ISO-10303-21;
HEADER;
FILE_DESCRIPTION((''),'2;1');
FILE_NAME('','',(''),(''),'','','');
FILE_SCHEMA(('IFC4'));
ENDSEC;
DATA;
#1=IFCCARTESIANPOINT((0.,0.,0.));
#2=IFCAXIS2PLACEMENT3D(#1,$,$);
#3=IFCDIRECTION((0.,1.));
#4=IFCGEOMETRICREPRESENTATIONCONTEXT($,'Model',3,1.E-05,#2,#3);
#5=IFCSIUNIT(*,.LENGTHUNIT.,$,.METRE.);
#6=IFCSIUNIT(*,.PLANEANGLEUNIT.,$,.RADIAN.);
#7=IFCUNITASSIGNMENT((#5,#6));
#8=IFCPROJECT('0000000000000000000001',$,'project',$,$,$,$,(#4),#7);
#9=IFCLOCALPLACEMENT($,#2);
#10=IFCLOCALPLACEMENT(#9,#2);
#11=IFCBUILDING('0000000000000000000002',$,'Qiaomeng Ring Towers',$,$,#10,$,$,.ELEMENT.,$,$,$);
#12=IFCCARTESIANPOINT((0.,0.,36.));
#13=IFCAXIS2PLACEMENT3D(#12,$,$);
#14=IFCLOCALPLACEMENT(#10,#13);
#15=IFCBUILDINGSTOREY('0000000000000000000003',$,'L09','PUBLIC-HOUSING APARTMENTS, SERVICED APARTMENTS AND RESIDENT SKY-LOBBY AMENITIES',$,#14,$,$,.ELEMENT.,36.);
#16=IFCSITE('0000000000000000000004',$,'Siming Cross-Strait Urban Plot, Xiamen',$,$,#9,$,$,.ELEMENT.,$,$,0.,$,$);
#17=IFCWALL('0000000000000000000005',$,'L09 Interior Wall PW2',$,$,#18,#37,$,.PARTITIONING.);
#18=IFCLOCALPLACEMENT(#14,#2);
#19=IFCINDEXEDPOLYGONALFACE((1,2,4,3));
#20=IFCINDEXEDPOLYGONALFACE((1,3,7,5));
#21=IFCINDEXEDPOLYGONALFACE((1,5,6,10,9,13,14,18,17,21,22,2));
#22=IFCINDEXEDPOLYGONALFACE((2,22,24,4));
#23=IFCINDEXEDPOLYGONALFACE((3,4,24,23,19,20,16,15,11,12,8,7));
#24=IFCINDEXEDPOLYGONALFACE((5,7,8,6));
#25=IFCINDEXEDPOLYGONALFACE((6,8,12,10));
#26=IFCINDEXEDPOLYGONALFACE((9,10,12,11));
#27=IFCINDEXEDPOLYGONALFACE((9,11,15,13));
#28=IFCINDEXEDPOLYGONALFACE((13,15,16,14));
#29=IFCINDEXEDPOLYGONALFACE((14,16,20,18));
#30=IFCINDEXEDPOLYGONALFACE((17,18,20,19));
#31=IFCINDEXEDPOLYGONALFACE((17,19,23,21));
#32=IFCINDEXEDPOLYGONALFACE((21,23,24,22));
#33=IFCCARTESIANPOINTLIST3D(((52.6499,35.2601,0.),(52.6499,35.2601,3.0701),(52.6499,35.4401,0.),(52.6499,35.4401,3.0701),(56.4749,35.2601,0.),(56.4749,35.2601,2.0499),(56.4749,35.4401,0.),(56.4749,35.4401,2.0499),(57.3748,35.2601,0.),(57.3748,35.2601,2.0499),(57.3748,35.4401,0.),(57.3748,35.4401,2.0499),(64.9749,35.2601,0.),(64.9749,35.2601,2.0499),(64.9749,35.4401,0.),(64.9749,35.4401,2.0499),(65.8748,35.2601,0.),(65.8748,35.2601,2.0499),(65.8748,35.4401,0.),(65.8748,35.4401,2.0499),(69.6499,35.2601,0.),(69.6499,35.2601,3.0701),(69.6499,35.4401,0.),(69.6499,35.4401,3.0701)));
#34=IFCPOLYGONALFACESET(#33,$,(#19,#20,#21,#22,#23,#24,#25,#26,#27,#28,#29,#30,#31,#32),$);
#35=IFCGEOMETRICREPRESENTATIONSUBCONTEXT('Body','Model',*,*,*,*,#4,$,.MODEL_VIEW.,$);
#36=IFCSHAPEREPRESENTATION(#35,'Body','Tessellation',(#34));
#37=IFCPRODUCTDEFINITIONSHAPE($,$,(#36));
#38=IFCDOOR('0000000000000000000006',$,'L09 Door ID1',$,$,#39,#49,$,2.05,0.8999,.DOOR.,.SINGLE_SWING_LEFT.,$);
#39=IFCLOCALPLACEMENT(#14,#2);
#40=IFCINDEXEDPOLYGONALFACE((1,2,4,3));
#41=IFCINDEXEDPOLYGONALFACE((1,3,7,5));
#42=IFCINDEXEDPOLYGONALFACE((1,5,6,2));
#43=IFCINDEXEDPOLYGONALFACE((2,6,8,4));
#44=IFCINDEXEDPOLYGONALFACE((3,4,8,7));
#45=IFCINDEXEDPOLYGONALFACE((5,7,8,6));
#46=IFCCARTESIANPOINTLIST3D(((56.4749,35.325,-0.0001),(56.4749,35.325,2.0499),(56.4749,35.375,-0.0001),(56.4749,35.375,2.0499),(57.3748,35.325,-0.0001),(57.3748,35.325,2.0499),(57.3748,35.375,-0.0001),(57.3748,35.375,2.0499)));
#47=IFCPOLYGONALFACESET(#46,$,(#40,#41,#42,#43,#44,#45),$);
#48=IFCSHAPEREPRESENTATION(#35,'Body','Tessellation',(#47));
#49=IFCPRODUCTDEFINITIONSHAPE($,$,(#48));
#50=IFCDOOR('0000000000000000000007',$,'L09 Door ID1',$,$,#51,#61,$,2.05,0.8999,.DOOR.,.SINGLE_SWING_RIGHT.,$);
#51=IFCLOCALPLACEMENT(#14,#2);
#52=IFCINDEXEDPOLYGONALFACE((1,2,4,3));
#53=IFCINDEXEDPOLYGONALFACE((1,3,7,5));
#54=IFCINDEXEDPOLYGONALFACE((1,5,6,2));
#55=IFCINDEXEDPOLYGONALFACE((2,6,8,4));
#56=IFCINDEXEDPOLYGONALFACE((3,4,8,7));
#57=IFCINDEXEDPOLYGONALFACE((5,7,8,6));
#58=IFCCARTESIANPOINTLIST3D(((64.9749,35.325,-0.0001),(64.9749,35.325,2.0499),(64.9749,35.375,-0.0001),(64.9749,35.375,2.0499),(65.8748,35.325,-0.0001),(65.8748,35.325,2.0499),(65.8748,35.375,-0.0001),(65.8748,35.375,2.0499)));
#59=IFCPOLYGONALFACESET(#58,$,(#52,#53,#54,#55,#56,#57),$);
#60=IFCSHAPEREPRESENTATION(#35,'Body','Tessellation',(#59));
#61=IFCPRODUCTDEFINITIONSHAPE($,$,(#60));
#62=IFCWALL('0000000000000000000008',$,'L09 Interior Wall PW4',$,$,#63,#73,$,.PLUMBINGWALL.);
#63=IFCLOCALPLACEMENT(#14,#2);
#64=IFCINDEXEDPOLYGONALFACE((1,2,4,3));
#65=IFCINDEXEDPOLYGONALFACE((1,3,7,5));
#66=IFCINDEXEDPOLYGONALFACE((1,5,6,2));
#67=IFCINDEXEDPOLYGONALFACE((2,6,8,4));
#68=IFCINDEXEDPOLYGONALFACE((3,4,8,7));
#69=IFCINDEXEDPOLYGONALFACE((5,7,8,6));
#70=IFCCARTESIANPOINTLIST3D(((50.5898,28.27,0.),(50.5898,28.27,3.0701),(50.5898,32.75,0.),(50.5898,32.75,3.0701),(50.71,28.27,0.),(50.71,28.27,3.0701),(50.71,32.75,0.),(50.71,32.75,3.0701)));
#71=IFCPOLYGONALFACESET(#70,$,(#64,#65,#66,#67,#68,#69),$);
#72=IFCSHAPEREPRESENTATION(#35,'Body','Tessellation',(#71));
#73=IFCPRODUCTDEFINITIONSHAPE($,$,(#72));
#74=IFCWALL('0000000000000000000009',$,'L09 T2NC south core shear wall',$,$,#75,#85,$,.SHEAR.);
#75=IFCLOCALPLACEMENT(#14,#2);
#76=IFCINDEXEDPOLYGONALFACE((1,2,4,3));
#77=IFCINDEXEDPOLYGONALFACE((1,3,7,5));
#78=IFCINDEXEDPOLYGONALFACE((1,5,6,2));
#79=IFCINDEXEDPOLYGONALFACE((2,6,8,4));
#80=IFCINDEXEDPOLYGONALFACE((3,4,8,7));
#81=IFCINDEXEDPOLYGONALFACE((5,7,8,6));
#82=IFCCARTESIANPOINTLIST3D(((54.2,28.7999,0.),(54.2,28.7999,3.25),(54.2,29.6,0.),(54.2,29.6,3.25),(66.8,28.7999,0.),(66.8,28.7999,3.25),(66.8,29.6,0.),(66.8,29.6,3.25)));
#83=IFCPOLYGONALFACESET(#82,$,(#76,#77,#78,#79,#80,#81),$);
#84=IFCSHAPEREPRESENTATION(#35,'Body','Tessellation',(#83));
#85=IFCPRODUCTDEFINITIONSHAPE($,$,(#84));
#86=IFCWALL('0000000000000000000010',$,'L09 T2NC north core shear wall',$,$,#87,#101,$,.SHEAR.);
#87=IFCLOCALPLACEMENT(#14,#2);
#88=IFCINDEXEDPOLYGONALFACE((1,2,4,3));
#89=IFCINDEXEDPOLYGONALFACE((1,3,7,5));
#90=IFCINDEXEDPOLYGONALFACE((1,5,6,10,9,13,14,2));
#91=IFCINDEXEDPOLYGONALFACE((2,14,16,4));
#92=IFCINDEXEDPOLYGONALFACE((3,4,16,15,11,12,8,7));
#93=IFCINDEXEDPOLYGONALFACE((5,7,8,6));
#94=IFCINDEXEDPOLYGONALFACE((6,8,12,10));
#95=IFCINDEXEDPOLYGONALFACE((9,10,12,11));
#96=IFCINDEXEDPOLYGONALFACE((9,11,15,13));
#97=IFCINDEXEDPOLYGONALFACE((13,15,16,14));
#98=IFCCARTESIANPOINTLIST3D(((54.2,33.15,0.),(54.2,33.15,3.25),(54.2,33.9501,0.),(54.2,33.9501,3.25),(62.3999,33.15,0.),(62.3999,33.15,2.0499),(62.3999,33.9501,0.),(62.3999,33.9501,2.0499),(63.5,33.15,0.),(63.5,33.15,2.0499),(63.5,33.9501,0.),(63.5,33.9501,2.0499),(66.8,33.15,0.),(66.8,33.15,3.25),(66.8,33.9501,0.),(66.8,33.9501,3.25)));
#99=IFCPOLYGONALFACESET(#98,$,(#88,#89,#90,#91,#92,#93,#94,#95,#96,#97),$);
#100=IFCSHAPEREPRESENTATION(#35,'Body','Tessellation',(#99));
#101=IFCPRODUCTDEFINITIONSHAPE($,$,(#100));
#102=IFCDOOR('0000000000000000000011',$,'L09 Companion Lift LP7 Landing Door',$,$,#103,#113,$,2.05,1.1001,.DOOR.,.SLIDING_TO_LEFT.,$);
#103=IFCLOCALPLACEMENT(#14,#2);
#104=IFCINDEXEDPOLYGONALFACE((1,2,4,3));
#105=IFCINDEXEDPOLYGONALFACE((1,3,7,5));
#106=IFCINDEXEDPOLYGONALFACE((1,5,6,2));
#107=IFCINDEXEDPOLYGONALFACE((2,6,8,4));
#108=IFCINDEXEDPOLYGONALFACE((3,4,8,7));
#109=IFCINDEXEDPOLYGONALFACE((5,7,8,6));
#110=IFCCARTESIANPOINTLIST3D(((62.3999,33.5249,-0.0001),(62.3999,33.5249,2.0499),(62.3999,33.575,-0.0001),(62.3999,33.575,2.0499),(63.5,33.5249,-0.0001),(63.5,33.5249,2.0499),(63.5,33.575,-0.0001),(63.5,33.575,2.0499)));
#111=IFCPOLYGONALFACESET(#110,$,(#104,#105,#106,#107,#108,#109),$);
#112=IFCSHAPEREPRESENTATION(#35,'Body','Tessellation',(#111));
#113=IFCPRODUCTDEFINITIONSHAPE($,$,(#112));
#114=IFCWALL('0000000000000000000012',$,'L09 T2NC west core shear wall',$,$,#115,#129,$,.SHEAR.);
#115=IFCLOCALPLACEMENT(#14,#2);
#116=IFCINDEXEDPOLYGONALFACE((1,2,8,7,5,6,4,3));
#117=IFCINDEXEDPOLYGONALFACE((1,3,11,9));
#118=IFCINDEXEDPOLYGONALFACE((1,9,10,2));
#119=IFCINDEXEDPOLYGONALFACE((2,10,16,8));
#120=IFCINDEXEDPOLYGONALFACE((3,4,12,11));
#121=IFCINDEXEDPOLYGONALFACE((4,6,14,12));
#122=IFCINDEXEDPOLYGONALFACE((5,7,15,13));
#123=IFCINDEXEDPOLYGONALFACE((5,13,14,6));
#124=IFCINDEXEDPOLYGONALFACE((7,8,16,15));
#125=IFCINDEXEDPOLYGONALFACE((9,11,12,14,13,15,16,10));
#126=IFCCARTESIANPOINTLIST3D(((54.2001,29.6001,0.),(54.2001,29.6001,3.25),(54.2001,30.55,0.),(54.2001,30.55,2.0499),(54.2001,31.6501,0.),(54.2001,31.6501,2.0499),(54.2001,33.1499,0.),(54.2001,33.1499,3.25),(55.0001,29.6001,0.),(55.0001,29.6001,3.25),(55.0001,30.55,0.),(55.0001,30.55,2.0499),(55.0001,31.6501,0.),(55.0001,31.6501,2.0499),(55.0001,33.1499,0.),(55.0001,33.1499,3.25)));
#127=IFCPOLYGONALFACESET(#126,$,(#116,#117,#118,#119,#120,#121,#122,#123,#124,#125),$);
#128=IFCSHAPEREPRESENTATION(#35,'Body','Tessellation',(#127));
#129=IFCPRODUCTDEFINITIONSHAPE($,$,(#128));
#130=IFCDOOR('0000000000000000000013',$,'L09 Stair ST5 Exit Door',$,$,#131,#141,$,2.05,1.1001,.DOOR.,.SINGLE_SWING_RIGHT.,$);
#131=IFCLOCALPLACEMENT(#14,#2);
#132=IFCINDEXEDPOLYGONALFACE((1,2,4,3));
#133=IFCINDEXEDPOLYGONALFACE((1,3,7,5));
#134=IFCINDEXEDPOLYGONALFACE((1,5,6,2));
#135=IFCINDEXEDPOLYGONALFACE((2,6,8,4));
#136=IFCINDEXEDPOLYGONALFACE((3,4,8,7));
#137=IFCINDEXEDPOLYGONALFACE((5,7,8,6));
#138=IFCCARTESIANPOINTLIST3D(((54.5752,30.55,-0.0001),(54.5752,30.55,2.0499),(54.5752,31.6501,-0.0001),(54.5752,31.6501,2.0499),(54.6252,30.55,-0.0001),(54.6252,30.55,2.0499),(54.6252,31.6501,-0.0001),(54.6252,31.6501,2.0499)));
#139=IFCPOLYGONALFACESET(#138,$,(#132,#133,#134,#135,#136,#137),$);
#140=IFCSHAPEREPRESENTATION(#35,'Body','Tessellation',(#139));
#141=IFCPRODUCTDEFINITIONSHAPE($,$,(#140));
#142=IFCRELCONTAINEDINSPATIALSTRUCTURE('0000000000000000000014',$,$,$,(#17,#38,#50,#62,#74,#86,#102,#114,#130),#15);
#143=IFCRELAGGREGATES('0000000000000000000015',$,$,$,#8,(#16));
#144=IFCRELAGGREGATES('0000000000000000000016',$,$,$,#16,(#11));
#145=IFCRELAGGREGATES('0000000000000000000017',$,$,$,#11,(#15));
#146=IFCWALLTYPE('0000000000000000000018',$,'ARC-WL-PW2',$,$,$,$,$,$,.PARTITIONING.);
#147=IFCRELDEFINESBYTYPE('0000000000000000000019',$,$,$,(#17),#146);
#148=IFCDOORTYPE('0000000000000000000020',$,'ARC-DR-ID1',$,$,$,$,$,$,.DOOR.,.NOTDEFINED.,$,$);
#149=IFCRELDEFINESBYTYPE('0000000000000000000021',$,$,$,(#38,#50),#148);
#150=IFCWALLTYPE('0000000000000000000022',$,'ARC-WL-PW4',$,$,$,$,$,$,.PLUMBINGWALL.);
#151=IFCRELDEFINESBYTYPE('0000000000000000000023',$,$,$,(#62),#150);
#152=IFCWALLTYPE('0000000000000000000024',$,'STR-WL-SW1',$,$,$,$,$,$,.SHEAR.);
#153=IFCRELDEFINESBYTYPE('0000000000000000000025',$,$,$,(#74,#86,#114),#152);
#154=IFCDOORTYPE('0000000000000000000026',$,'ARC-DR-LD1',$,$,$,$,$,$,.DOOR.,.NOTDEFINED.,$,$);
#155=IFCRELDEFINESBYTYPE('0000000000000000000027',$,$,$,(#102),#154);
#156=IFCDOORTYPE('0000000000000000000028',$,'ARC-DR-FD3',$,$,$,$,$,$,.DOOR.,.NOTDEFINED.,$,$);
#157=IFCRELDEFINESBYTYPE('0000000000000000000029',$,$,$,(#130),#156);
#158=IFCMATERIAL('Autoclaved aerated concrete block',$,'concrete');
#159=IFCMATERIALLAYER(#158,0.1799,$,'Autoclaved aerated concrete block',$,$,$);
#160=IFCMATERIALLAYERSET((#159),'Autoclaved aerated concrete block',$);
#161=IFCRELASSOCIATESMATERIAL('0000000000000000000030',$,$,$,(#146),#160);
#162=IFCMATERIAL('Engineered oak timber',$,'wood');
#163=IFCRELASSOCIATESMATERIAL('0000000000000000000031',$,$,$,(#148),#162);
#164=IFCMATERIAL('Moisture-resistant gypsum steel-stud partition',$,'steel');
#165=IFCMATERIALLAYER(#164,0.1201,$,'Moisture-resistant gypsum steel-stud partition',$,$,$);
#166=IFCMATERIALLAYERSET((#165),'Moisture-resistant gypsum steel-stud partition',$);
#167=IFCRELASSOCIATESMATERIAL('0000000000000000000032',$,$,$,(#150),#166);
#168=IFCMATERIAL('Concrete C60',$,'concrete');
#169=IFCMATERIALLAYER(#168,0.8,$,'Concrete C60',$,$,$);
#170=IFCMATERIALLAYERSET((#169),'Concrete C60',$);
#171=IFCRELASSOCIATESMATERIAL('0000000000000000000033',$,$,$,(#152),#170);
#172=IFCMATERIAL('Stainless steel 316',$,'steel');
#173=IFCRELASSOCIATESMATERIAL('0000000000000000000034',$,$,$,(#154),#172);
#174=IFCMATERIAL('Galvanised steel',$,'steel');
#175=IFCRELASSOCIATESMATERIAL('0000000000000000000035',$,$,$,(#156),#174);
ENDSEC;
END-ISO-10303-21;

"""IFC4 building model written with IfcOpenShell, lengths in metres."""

from ifc_helpers import new_model, si_unit, direction, frame, frame_2d, origin, place, context, subcontext, project, spatial, rectangle, extrude, source, transform, mapped, material, layer, layer_set, type_object, element, fill, save


model = new_model("IFC4")

# Units and contexts
model_context = context("Model", 3, precision=1e-05, world=origin(), true_north=direction((0.0, 1.0)))
body_context = subcontext(model_context, "Body", "Model", "MODEL_VIEW")
ifc_project = project(units=[si_unit("LENGTHUNIT", "METRE"), si_unit("PLANEANGLEUNIT", "RADIAN")], contexts=[model_context])

# Site, building, storey
site_placement = place(None, origin())
site = spatial("IfcSite", under=ifc_project, at=site_placement, Name="Siming Cross-Strait Urban Plot, Xiamen", CompositionType="ELEMENT", RefElevation=0.0)
building_placement = place(site_placement, origin())
building = spatial("IfcBuilding", under=site, at=building_placement, Name="Qiaomeng Ring Towers", CompositionType="ELEMENT")
storey_placement = place(building_placement, frame((0.0, 0.0, 36.0)))
storey = spatial("IfcBuildingStorey", under=building, at=storey_placement, Name="L09", Description="PUBLIC-HOUSING APARTMENTS, SERVICED APARTMENTS AND RESIDENT SKY-LOBBY AMENITIES", CompositionType="ELEMENT", Elevation=36.0)

# Shared definitions
ifc_material_1 = material(Name="Concrete C60", Category="concrete")

# Wall, openings, doors
ifc_material_2 = material(Name="Autoclaved aerated concrete block", Category="concrete")
ifc_layer_1 = layer(ifc_material_2, 0.1799, Name="Autoclaved aerated concrete block")
ifc_layer_set_1 = layer_set([ifc_layer_1], Name="Autoclaved aerated concrete block")
wall_type_1 = type_object("IfcWallType", Name="ARC-WL-PW2", PredefinedType="PARTITIONING", material=ifc_layer_set_1)
wall_1_placement = place(storey_placement, frame((52.6499, 35.3501, 0.0), z_axis=(0.0, 0.0, 1.0), x_axis=(1.0, 0.0, 0.0)))
wall_1 = element("IfcWall", 1, at=wall_1_placement, inside=storey, type_object=wall_type_1, Name="L09 Interior Wall PW2", PredefinedType="PARTITIONING", context=body_context, shape_type="SweptSolid", body=[
    extrude(rectangle(XDim=17.0, YDim=0.1799, at=frame_2d((8.5, 0.0))), origin(), (0.0, 0.0, 1.0), 3.0701),
])
opening_1_placement = place(wall_1_placement, frame((3.825, 0.0, 0.0)))
opening_1 = element("IfcOpeningElement", 2, at=opening_1_placement, cuts=wall_1, PredefinedType="OPENING", context=body_context, shape_type="SweptSolid", body=[
    extrude(rectangle(XDim=0.8999, YDim=2.05, at=frame_2d((0.45, 1.0249))), frame((0.0, 0.0999, 0.0), z_axis=(0.0, -1.0, 0.0), x_axis=(1.0, 0.0, 0.0)), (0.0, 0.0, 1.0), 0.2),
])
opening_2_placement = place(wall_1_placement, frame((12.325, 0.0, 0.0)))
opening_2 = element("IfcOpeningElement", 3, at=opening_2_placement, cuts=wall_1, PredefinedType="OPENING", context=body_context, shape_type="SweptSolid", body=[
    extrude(rectangle(XDim=0.8999, YDim=2.05, at=frame_2d((0.45, 1.0249))), frame((0.0, 0.0999, 0.0), z_axis=(0.0, -1.0, 0.0), x_axis=(1.0, 0.0, 0.0)), (0.0, 0.0, 1.0), 0.2),
])
ifc_material_3 = material(Name="Engineered oak timber", Category="wood")
door_type_1 = type_object("IfcDoorType", Name="ARC-DR-ID1", OperationType="NOTDEFINED", PredefinedType="DOOR", material=ifc_material_3)
shared_shape_1 = source(origin(), body_context, "Body", "SweptSolid", [
    extrude(rectangle(XDim=0.8999, YDim=2.05, at=frame_2d((0.45, 1.0249))), frame((0.0, 0.0249, 0.0), z_axis=(0.0, -1.0, 0.0), x_axis=(1.0, 0.0, 0.0)), (0.0, 0.0, 1.0), 0.05),
])
door_1_placement = place(opening_1_placement, origin())
door_1 = element("IfcDoor", 4, at=door_1_placement, inside=storey, type_object=door_type_1, Name="L09 Door ID1", OperationType="SINGLE_SWING_LEFT", OverallHeight=2.05, OverallWidth=0.8999, PredefinedType="DOOR", context=body_context, shape_type="MappedRepresentation", body=[
    mapped(shared_shape_1, transform((0.0, 0.0, 0.0), x_axis=(1.0, 0.0, 0.0), y_axis=(0.0, 1.0, 0.0), z_axis=(0.0, 0.0, 1.0), scale=1.0)),
])
fill(opening_1, door_1)
door_2_placement = place(opening_2_placement, origin())
door_2 = element("IfcDoor", 5, at=door_2_placement, inside=storey, type_object=door_type_1, Name="L09 Door ID1", OperationType="SINGLE_SWING_RIGHT", OverallHeight=2.05, OverallWidth=0.8999, PredefinedType="DOOR", context=body_context, shape_type="MappedRepresentation", body=[
    mapped(shared_shape_1, transform((0.0, 0.0, 0.0), x_axis=(1.0, 0.0, 0.0), y_axis=(0.0, 1.0, 0.0), z_axis=(0.0, 0.0, 1.0), scale=1.0)),
])
fill(opening_2, door_2)

# Walls
ifc_material_4 = material(Name="Moisture-resistant gypsum steel-stud partition", Category="steel")
ifc_layer_2 = layer(ifc_material_4, 0.1201, Name="Moisture-resistant gypsum steel-stud partition")
ifc_layer_set_2 = layer_set([ifc_layer_2], Name="Moisture-resistant gypsum steel-stud partition")
wall_type_2 = type_object("IfcWallType", Name="ARC-WL-PW4", PredefinedType="PLUMBINGWALL", material=ifc_layer_set_2)
wall_2_placement = place(storey_placement, frame((50.6499, 28.27, 0.0), z_axis=(0.0, 0.0, 1.0), x_axis=(0.0, 1.0, 0.0)))
element("IfcWall", 6, at=wall_2_placement, inside=storey, type_object=wall_type_2, Name="L09 Interior Wall PW4", PredefinedType="PLUMBINGWALL", context=body_context, shape_type="SweptSolid", body=[
    extrude(rectangle(XDim=4.48, YDim=0.1201, at=frame_2d((2.24, 0.0))), origin(), (0.0, 0.0, 1.0), 3.0701),
])
ifc_layer_3 = layer(ifc_material_1, 0.8, Name="Concrete C60")
ifc_layer_set_3 = layer_set([ifc_layer_3], Name="Concrete C60")
wall_type_3 = type_object("IfcWallType", Name="STR-WL-SW1", PredefinedType="SHEAR", material=ifc_layer_set_3)
wall_3_placement = place(storey_placement, frame((54.2, 29.2, 0.0), z_axis=(0.0, 0.0, 1.0), x_axis=(1.0, 0.0, 0.0)))
element("IfcWall", 7, at=wall_3_placement, inside=storey, type_object=wall_type_3, Name="L09 T2NC south core shear wall", PredefinedType="SHEAR", context=body_context, shape_type="SweptSolid", body=[
    extrude(rectangle(XDim=12.6001, YDim=0.8, at=frame_2d((6.3, 0.0))), origin(), (0.0, 0.0, 1.0), 3.25),
])

# Walls, openings, doors
wall_4_placement = place(storey_placement, frame((54.2, 33.55, 0.0), z_axis=(0.0, 0.0, 1.0), x_axis=(1.0, 0.0, 0.0)))
wall_4 = element("IfcWall", 8, at=wall_4_placement, inside=storey, type_object=wall_type_3, Name="L09 T2NC north core shear wall", PredefinedType="SHEAR", context=body_context, shape_type="SweptSolid", body=[
    extrude(rectangle(XDim=12.6001, YDim=0.8, at=frame_2d((6.3, 0.0))), origin(), (0.0, 0.0, 1.0), 3.25),
])
opening_3_placement = place(wall_4_placement, frame((8.2, 0.0, 0.0)))
opening_3 = element("IfcOpeningElement", 9, at=opening_3_placement, cuts=wall_4, PredefinedType="OPENING", context=body_context, shape_type="SweptSolid", body=[
    extrude(rectangle(XDim=1.1001, YDim=2.05, at=frame_2d((0.55, 1.0249))), frame((0.0, 0.4099, 0.0), z_axis=(0.0, -1.0, 0.0), x_axis=(1.0, 0.0, 0.0)), (0.0, 0.0, 1.0), 0.8201),
])
ifc_material_5 = material(Name="Stainless steel 316", Category="steel")
door_type_2 = type_object("IfcDoorType", Name="ARC-DR-LD1", OperationType="NOTDEFINED", PredefinedType="DOOR", material=ifc_material_5)
shared_shape_2 = source(origin(), body_context, "Body", "SweptSolid", [
    extrude(rectangle(XDim=1.1001, YDim=2.05, at=frame_2d((0.55, 1.0249))), frame((0.0, 0.0249, 0.0), z_axis=(0.0, -1.0, 0.0), x_axis=(1.0, 0.0, 0.0)), (0.0, 0.0, 1.0), 0.05),
])
door_3_placement = place(opening_3_placement, origin())
door_3 = element("IfcDoor", 10, at=door_3_placement, inside=storey, type_object=door_type_2, Name="L09 Companion Lift LP7 Landing Door", OperationType="SLIDING_TO_LEFT", OverallHeight=2.05, OverallWidth=1.1001, PredefinedType="DOOR", context=body_context, shape_type="MappedRepresentation", body=[
    mapped(shared_shape_2, transform((0.0, 0.0, 0.0), x_axis=(1.0, 0.0, 0.0), y_axis=(0.0, 1.0, 0.0), z_axis=(0.0, 0.0, 1.0), scale=1.0)),
])
fill(opening_3, door_3)
wall_5_placement = place(storey_placement, frame((54.6001, 29.6001, 0.0), z_axis=(0.0, 0.0, 1.0), x_axis=(0.0, 1.0, 0.0)))
wall_5 = element("IfcWall", 11, at=wall_5_placement, inside=storey, type_object=wall_type_3, Name="L09 T2NC west core shear wall", PredefinedType="SHEAR", context=body_context, shape_type="SweptSolid", body=[
    extrude(rectangle(XDim=3.5498, YDim=0.8, at=frame_2d((1.7749, 0.0))), origin(), (0.0, 0.0, 1.0), 3.25),
])
opening_4_placement = place(wall_5_placement, frame((0.95, 0.0, 0.0)))
opening_4 = element("IfcOpeningElement", 12, at=opening_4_placement, cuts=wall_5, PredefinedType="OPENING", context=body_context, shape_type="SweptSolid", body=[
    extrude(rectangle(XDim=1.1001, YDim=2.05, at=frame_2d((0.55, 1.0249))), frame((0.0, 0.4099, 0.0), z_axis=(0.0, -1.0, 0.0), x_axis=(1.0, 0.0, 0.0)), (0.0, 0.0, 1.0), 0.8201),
])
ifc_material_6 = material(Name="Galvanised steel", Category="steel")
door_type_3 = type_object("IfcDoorType", Name="ARC-DR-FD3", OperationType="NOTDEFINED", PredefinedType="DOOR", material=ifc_material_6)
door_4_placement = place(opening_4_placement, origin())
door_4 = element("IfcDoor", 13, at=door_4_placement, inside=storey, type_object=door_type_3, Name="L09 Stair ST5 Exit Door", OperationType="SINGLE_SWING_RIGHT", OverallHeight=2.05, OverallWidth=1.1001, PredefinedType="DOOR", context=body_context, shape_type="MappedRepresentation", body=[
    mapped(shared_shape_2, transform((0.0, 0.0, 0.0), x_axis=(1.0, 0.0, 0.0), y_axis=(0.0, 1.0, 0.0), z_axis=(0.0, 0.0, 1.0), scale=1.0)),
])
fill(opening_4, door_4)

save(model, "model.ifc")
